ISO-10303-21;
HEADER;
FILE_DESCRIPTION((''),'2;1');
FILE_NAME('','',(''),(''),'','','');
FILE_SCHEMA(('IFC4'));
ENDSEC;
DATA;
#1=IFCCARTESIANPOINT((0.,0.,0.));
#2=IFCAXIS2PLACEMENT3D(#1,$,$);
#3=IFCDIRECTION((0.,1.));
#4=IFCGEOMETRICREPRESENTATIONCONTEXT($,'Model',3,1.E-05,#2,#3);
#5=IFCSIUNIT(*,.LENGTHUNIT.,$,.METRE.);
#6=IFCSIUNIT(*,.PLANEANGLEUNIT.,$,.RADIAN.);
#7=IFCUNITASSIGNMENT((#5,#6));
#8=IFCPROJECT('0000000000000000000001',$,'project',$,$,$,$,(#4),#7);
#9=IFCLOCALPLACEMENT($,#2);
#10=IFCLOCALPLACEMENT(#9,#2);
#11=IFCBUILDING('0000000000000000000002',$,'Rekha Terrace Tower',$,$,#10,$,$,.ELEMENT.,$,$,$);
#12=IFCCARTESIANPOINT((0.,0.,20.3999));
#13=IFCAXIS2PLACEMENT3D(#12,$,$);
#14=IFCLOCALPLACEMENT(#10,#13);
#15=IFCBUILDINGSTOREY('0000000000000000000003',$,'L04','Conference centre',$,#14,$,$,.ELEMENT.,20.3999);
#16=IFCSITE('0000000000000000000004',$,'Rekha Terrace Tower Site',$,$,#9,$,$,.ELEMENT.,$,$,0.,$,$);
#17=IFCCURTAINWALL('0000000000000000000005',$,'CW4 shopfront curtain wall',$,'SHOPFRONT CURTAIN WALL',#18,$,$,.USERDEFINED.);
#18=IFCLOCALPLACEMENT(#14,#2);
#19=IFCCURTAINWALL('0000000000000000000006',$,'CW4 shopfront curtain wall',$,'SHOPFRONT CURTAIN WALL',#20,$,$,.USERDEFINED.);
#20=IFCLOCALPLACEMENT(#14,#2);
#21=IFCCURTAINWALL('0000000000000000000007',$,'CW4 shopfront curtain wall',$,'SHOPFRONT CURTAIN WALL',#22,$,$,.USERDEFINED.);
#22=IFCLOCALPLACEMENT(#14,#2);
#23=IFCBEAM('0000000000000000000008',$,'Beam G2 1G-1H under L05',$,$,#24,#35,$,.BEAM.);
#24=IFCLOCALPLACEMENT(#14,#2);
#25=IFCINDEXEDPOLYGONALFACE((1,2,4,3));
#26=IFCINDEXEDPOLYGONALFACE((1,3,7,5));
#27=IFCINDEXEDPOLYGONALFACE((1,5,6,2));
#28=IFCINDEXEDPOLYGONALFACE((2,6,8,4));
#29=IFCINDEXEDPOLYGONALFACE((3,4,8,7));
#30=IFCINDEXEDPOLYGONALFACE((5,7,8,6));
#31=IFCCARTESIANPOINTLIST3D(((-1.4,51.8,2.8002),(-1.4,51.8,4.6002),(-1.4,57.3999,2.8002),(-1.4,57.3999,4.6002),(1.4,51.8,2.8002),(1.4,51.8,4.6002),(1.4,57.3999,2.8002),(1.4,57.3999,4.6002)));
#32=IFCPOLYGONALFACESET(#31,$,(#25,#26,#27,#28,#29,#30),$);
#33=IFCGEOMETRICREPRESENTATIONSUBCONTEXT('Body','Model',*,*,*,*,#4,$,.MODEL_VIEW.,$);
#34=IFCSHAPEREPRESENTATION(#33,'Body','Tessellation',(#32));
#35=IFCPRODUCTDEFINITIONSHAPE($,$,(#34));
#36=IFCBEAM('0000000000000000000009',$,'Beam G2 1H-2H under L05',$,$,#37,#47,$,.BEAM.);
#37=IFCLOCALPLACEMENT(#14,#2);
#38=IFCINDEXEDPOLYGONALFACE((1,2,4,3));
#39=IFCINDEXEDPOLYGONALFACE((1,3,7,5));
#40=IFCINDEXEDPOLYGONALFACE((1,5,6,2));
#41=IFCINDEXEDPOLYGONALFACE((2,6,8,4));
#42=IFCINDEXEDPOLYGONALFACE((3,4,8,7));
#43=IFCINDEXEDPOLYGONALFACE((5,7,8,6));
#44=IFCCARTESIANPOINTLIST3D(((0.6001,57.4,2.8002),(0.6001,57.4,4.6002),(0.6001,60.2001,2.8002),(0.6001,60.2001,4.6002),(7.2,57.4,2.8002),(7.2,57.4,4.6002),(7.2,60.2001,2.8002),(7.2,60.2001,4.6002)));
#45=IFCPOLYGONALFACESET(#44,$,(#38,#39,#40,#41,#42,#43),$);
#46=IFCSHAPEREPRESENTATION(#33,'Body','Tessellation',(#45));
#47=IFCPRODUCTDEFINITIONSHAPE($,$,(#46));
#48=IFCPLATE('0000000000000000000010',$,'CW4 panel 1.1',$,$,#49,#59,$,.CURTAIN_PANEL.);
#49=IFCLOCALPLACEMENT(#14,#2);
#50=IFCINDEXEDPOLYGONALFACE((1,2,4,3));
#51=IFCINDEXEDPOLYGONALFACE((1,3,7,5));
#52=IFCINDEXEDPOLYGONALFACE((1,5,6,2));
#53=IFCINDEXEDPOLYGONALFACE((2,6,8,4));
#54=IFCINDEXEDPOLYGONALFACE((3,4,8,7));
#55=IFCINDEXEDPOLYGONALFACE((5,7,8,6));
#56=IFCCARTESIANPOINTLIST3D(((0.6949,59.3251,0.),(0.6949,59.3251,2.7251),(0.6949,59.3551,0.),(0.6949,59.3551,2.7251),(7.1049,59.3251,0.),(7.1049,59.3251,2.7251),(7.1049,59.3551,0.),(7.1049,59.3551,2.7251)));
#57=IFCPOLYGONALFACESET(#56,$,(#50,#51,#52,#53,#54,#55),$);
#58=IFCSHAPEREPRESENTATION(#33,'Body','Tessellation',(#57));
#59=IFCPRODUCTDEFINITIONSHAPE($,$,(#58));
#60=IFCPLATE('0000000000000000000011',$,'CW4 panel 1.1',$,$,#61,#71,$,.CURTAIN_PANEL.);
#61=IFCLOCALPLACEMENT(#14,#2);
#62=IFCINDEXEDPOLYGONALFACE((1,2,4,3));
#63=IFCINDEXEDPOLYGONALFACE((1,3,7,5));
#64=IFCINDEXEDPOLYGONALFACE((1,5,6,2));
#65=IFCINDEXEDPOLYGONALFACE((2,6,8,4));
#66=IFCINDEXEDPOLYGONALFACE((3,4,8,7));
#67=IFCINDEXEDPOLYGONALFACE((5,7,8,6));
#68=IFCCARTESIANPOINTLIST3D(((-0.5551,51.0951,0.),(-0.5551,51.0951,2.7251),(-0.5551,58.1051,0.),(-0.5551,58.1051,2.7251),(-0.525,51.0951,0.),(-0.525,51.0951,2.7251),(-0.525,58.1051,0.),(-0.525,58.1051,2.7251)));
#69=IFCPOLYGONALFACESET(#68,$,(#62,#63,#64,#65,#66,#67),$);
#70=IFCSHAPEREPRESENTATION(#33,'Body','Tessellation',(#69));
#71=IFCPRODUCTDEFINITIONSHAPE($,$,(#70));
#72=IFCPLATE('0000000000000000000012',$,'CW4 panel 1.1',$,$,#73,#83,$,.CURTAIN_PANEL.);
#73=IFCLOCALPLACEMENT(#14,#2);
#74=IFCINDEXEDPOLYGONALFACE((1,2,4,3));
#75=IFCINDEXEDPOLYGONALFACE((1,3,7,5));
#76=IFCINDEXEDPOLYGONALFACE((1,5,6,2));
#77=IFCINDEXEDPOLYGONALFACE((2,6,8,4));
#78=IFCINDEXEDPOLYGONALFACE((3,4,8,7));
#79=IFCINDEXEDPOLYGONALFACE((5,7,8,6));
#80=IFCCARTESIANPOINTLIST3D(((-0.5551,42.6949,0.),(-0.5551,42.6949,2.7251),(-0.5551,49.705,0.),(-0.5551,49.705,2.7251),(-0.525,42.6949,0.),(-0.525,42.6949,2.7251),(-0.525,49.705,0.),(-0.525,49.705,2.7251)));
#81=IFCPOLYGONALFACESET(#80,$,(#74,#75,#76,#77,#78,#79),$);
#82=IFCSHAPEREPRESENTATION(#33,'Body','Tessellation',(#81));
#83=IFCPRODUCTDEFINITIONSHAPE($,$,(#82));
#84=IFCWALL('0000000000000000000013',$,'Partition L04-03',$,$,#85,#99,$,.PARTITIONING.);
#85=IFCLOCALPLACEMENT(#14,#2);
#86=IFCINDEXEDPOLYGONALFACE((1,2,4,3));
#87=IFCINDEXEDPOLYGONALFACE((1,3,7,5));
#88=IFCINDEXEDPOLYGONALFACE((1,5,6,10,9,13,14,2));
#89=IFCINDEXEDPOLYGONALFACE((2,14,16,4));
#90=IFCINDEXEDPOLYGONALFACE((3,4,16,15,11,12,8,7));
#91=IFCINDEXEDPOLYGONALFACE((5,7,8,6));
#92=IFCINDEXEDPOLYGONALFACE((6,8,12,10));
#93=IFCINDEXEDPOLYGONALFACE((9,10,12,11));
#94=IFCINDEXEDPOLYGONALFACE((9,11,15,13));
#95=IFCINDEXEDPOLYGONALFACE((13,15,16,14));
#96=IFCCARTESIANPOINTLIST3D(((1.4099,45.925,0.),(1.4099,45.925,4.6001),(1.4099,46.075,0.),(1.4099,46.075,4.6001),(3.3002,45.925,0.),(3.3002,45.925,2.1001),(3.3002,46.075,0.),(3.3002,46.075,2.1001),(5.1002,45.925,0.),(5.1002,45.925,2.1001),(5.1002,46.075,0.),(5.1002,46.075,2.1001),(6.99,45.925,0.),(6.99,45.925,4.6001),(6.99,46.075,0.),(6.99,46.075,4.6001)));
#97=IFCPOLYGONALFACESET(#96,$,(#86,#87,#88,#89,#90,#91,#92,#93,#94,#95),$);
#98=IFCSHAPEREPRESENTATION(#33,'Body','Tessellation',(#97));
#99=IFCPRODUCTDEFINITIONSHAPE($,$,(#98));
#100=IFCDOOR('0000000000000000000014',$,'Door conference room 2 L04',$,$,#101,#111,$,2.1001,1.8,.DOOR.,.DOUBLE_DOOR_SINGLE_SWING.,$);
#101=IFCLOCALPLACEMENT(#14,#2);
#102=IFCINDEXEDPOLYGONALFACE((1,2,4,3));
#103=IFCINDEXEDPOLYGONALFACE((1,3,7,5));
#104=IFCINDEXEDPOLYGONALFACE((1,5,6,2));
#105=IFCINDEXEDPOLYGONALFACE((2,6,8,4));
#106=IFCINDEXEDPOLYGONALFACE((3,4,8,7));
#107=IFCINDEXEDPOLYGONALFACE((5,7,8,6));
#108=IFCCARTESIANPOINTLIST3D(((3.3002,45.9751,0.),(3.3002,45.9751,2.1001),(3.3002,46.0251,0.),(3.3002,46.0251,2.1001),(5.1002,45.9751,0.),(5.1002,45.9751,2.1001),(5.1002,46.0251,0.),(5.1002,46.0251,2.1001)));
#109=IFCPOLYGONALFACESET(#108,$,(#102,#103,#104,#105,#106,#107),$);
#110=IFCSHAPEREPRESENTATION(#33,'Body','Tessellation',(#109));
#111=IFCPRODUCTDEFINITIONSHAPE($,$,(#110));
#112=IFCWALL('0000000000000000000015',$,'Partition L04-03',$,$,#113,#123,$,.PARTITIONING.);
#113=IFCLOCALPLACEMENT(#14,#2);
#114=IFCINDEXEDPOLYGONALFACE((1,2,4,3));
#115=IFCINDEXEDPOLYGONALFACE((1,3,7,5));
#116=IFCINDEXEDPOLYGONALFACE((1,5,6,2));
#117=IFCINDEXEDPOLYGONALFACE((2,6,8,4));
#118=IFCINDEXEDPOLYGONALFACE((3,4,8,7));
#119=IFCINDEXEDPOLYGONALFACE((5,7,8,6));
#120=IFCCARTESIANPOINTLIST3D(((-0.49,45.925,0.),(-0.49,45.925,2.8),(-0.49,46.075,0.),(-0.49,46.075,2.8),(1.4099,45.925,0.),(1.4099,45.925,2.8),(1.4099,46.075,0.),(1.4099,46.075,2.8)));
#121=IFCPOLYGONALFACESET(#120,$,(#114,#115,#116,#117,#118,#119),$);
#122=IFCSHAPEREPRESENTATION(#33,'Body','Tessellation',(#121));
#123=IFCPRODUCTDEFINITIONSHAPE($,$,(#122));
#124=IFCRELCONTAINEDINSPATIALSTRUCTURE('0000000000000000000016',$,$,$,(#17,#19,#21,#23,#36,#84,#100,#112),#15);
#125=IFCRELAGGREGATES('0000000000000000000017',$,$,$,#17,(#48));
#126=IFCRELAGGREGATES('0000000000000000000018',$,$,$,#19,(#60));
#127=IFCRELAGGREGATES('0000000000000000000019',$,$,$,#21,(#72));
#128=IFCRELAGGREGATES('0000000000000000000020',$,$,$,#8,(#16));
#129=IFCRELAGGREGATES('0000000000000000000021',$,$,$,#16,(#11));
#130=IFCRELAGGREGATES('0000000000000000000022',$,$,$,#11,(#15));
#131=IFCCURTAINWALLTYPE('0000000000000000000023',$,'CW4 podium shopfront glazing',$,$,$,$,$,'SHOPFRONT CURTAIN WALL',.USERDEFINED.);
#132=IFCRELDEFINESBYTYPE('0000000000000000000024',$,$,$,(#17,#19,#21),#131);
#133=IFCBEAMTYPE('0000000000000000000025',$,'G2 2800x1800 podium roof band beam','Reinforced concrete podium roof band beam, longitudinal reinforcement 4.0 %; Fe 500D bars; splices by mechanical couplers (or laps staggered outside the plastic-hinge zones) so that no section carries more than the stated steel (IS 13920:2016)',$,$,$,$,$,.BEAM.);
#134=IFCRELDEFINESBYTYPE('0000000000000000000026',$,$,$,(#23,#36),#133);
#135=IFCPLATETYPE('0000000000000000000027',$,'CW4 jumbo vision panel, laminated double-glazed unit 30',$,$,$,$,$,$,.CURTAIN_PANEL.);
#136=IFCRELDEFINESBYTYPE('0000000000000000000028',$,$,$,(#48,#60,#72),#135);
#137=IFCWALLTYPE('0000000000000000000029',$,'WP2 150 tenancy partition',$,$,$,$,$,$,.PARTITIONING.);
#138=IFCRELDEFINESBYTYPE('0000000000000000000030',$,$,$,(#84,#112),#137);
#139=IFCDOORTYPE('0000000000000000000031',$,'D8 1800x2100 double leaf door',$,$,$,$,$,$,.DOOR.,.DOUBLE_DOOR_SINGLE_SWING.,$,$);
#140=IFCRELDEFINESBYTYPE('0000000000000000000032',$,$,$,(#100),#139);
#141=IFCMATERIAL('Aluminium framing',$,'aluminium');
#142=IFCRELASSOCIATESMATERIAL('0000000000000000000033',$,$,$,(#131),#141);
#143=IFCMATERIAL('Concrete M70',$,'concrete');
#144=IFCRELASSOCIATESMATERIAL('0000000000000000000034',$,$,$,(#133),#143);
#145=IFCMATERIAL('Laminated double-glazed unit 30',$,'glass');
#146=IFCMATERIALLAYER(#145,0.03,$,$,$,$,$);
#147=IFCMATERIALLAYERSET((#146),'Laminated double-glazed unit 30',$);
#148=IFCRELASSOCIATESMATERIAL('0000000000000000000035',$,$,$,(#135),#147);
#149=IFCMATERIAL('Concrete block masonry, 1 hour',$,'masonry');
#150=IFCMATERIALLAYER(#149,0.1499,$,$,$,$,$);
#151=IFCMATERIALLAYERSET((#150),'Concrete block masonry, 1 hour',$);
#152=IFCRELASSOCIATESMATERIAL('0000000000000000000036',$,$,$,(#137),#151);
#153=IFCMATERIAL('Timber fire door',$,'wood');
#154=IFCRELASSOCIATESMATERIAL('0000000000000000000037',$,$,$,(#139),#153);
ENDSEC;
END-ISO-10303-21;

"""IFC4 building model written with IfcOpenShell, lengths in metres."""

from ifc_helpers import new_model, si_unit, direction, frame, frame_2d, origin, origin_2d, place, context, subcontext, project, spatial, rectangle, extrude, material, layer, layer_set, material_profile, profile_set, type_object, element, fill, aggregate, save


model = new_model("IFC4")

# Units and contexts
model_context = context("Model", 3, precision=1e-05, world=origin(), true_north=direction((0.0, 1.0)))
body_context = subcontext(model_context, "Body", "Model", "MODEL_VIEW")
ifc_project = project(units=[si_unit("LENGTHUNIT", "METRE"), si_unit("PLANEANGLEUNIT", "RADIAN")], contexts=[model_context])

# Site, building, storey
site_placement = place(None, origin())
site = spatial("IfcSite", under=ifc_project, at=site_placement, Name="Rekha Terrace Tower Site", CompositionType="ELEMENT", RefElevation=0.0)
building_placement = place(site_placement, origin())
building = spatial("IfcBuilding", under=site, at=building_placement, Name="Rekha Terrace Tower", CompositionType="ELEMENT")
storey_placement = place(building_placement, frame((0.0, 0.0, 20.3999)))
storey = spatial("IfcBuildingStorey", under=building, at=storey_placement, Name="L04", Description="Conference centre", CompositionType="ELEMENT", Elevation=20.3999)

# Curtain wall
ifc_material_1 = material(Name="Aluminium framing", Category="aluminium")
curtain_wall_type = type_object("IfcCurtainWallType", Name="CW4 podium shopfront glazing", ElementType="SHOPFRONT CURTAIN WALL", PredefinedType="USERDEFINED", material=ifc_material_1)
curtain_wall_1_placement = place(storey_placement, origin())
curtain_wall_1 = element("IfcCurtainWall", 1, at=curtain_wall_1_placement, inside=storey, type_object=curtain_wall_type, Name="CW4 shopfront curtain wall", ObjectType="SHOPFRONT CURTAIN WALL", PredefinedType="USERDEFINED")

# Curtain walls
curtain_wall_2_placement = place(storey_placement, origin())
curtain_wall_2 = element("IfcCurtainWall", 2, at=curtain_wall_2_placement, inside=storey, type_object=curtain_wall_type, Name="CW4 shopfront curtain wall", ObjectType="SHOPFRONT CURTAIN WALL", PredefinedType="USERDEFINED")
curtain_wall_3_placement = place(storey_placement, origin())
curtain_wall_3 = element("IfcCurtainWall", 3, at=curtain_wall_3_placement, inside=storey, type_object=curtain_wall_type, Name="CW4 shopfront curtain wall", ObjectType="SHOPFRONT CURTAIN WALL", PredefinedType="USERDEFINED")

# Beams
ifc_material_2 = material(Name="Concrete M70", Category="concrete")
ifc_material_profile_1 = material_profile(ifc_material_2, rectangle(XDim=2.8, YDim=1.8, at=origin_2d()), Name="RC 2800x1800")
ifc_profile_set_1 = profile_set([ifc_material_profile_1], Name="Concrete M70")
beam_type = type_object("IfcBeamType", Name="G2 2800x1800 podium roof band beam", Description="Reinforced concrete podium roof band beam, longitudinal reinforcement 4.0 %; Fe 500D bars; splices by mechanical couplers (or laps staggered outside the plastic-hinge zones) so that no section carries more than the stated steel (IS 13920:2016)", PredefinedType="BEAM", material=ifc_profile_set_1)
beam_1_placement = place(storey_placement, frame((0.0, 51.8, 3.7002), z_axis=(0.0, 1.0, 0.0), x_axis=(-1.0, 0.0, 0.0)))
element("IfcBeam", 4, at=beam_1_placement, inside=storey, type_object=beam_type, Name="Beam G2 1G-1H under L05", PredefinedType="BEAM", context=body_context, shape_type="SweptSolid", body=[
    extrude(rectangle(XDim=2.8, YDim=1.8, at=origin_2d()), origin(), (0.0, 0.0, 1.0), 5.5999),
])
beam_2_placement = place(storey_placement, frame((0.6001, 58.8, 3.7002), z_axis=(1.0, 0.0, 0.0), x_axis=(0.0, 1.0, 0.0)))
element("IfcBeam", 5, at=beam_2_placement, inside=storey, type_object=beam_type, Name="Beam G2 1H-2H under L05", PredefinedType="BEAM", context=body_context, shape_type="SweptSolid", body=[
    extrude(rectangle(XDim=2.8, YDim=1.8, at=origin_2d()), origin(), (0.0, 0.0, 1.0), 6.5999),
])

# Plates
ifc_material_3 = material(Name="Laminated double-glazed unit 30", Category="glass")
ifc_layer_1 = layer(ifc_material_3, 0.03)
ifc_layer_set_1 = layer_set([ifc_layer_1], Name="Laminated double-glazed unit 30")
plate_type = type_object("IfcPlateType", Name="CW4 jumbo vision panel, laminated double-glazed unit 30", PredefinedType="CURTAIN_PANEL", material=ifc_layer_set_1)
plate_1_placement = place(storey_placement, frame((3.8999, 59.3401, 0.0), z_axis=(0.0, 0.0, 1.0), x_axis=(-1.0, 0.0, 0.0)))
plate_1 = element("IfcPlate", 6, at=plate_1_placement, type_object=plate_type, Name="CW4 panel 1.1", PredefinedType="CURTAIN_PANEL", context=body_context, shape_type="SweptSolid", body=[
    extrude(rectangle(XDim=6.4099, YDim=0.03, at=origin_2d()), origin(), (0.0, 0.0, 1.0), 2.7251),
])
aggregate(curtain_wall_1, [plate_1])
plate_2_placement = place(storey_placement, frame((-0.54, 54.6001, 0.0), z_axis=(0.0, 0.0, 1.0), x_axis=(0.0, -1.0, 0.0)))
plate_2 = element("IfcPlate", 7, at=plate_2_placement, type_object=plate_type, Name="CW4 panel 1.1", PredefinedType="CURTAIN_PANEL", context=body_context, shape_type="SweptSolid", body=[
    extrude(rectangle(XDim=7.01, YDim=0.03, at=origin_2d()), origin(), (0.0, 0.0, 1.0), 2.7251),
])
aggregate(curtain_wall_2, [plate_2])
plate_3_placement = place(storey_placement, frame((-0.54, 46.2, 0.0), z_axis=(0.0, 0.0, 1.0), x_axis=(0.0, -1.0, 0.0)))
plate_3 = element("IfcPlate", 8, at=plate_3_placement, type_object=plate_type, Name="CW4 panel 1.1", PredefinedType="CURTAIN_PANEL", context=body_context, shape_type="SweptSolid", body=[
    extrude(rectangle(XDim=7.01, YDim=0.03, at=origin_2d()), origin(), (0.0, 0.0, 1.0), 2.7251),
])
aggregate(curtain_wall_3, [plate_3])

# Wall, opening, door
ifc_material_4 = material(Name="Concrete block masonry, 1 hour", Category="masonry")
ifc_layer_2 = layer(ifc_material_4, 0.1499)
ifc_layer_set_2 = layer_set([ifc_layer_2], Name="Concrete block masonry, 1 hour")
wall_type = type_object("IfcWallType", Name="WP2 150 tenancy partition", PredefinedType="PARTITIONING", material=ifc_layer_set_2)
wall_1_placement = place(storey_placement, frame((6.99, 46.0, 0.0), z_axis=(0.0, 0.0, 1.0), x_axis=(-1.0, 0.0, 0.0)))
wall_1 = element("IfcWall", 9, at=wall_1_placement, inside=storey, type_object=wall_type, Name="Partition L04-03", PredefinedType="PARTITIONING", context=body_context, shape_type="SweptSolid", body=[
    extrude(rectangle(XDim=5.5801, YDim=0.1499, at=frame_2d((2.79, 0.0))), origin(), (0.0, 0.0, 1.0), 4.6001),
])
opening_placement = place(wall_1_placement, frame((1.8899, 0.0, 0.0)))
opening = element("IfcOpeningElement", 10, at=opening_placement, cuts=wall_1, PredefinedType="OPENING", context=body_context, shape_type="SweptSolid", body=[
    extrude(rectangle(XDim=1.8, YDim=2.1001, at=frame_2d((0.8999, 1.05))), frame((0.0, 0.085, 0.0), z_axis=(0.0, -1.0, 0.0), x_axis=(1.0, 0.0, 0.0)), (0.0, 0.0, 1.0), 0.1699),
])
ifc_material_5 = material(Name="Timber fire door", Category="wood")
door_type = type_object("IfcDoorType", Name="D8 1800x2100 double leaf door", OperationType="DOUBLE_DOOR_SINGLE_SWING", PredefinedType="DOOR", material=ifc_material_5)
door_placement = place(opening_placement, origin())
door = element("IfcDoor", 11, at=door_placement, inside=storey, type_object=door_type, Name="Door conference room 2 L04", OperationType="DOUBLE_DOOR_SINGLE_SWING", OverallHeight=2.1001, OverallWidth=1.8, PredefinedType="DOOR", context=body_context, shape_type="SweptSolid", body=[
    extrude(rectangle(XDim=1.8, YDim=2.1001, at=frame_2d((0.8999, 1.05))), frame((0.0, 0.0249, 0.0), z_axis=(0.0, -1.0, 0.0), x_axis=(1.0, 0.0, 0.0)), (0.0, 0.0, 1.0), 0.05),
])
fill(opening, door)

# Wall
wall_2_placement = place(storey_placement, frame((1.4099, 46.0, 0.0), z_axis=(0.0, 0.0, 1.0), x_axis=(-1.0, 0.0, 0.0)))
element("IfcWall", 12, at=wall_2_placement, inside=storey, type_object=wall_type, Name="Partition L04-03", PredefinedType="PARTITIONING", context=body_context, shape_type="SweptSolid", body=[
    extrude(rectangle(XDim=1.8999, YDim=0.1499, at=frame_2d((0.95, 0.0))), origin(), (0.0, 0.0, 1.0), 2.8),
])

save(model, "model.ifc")
